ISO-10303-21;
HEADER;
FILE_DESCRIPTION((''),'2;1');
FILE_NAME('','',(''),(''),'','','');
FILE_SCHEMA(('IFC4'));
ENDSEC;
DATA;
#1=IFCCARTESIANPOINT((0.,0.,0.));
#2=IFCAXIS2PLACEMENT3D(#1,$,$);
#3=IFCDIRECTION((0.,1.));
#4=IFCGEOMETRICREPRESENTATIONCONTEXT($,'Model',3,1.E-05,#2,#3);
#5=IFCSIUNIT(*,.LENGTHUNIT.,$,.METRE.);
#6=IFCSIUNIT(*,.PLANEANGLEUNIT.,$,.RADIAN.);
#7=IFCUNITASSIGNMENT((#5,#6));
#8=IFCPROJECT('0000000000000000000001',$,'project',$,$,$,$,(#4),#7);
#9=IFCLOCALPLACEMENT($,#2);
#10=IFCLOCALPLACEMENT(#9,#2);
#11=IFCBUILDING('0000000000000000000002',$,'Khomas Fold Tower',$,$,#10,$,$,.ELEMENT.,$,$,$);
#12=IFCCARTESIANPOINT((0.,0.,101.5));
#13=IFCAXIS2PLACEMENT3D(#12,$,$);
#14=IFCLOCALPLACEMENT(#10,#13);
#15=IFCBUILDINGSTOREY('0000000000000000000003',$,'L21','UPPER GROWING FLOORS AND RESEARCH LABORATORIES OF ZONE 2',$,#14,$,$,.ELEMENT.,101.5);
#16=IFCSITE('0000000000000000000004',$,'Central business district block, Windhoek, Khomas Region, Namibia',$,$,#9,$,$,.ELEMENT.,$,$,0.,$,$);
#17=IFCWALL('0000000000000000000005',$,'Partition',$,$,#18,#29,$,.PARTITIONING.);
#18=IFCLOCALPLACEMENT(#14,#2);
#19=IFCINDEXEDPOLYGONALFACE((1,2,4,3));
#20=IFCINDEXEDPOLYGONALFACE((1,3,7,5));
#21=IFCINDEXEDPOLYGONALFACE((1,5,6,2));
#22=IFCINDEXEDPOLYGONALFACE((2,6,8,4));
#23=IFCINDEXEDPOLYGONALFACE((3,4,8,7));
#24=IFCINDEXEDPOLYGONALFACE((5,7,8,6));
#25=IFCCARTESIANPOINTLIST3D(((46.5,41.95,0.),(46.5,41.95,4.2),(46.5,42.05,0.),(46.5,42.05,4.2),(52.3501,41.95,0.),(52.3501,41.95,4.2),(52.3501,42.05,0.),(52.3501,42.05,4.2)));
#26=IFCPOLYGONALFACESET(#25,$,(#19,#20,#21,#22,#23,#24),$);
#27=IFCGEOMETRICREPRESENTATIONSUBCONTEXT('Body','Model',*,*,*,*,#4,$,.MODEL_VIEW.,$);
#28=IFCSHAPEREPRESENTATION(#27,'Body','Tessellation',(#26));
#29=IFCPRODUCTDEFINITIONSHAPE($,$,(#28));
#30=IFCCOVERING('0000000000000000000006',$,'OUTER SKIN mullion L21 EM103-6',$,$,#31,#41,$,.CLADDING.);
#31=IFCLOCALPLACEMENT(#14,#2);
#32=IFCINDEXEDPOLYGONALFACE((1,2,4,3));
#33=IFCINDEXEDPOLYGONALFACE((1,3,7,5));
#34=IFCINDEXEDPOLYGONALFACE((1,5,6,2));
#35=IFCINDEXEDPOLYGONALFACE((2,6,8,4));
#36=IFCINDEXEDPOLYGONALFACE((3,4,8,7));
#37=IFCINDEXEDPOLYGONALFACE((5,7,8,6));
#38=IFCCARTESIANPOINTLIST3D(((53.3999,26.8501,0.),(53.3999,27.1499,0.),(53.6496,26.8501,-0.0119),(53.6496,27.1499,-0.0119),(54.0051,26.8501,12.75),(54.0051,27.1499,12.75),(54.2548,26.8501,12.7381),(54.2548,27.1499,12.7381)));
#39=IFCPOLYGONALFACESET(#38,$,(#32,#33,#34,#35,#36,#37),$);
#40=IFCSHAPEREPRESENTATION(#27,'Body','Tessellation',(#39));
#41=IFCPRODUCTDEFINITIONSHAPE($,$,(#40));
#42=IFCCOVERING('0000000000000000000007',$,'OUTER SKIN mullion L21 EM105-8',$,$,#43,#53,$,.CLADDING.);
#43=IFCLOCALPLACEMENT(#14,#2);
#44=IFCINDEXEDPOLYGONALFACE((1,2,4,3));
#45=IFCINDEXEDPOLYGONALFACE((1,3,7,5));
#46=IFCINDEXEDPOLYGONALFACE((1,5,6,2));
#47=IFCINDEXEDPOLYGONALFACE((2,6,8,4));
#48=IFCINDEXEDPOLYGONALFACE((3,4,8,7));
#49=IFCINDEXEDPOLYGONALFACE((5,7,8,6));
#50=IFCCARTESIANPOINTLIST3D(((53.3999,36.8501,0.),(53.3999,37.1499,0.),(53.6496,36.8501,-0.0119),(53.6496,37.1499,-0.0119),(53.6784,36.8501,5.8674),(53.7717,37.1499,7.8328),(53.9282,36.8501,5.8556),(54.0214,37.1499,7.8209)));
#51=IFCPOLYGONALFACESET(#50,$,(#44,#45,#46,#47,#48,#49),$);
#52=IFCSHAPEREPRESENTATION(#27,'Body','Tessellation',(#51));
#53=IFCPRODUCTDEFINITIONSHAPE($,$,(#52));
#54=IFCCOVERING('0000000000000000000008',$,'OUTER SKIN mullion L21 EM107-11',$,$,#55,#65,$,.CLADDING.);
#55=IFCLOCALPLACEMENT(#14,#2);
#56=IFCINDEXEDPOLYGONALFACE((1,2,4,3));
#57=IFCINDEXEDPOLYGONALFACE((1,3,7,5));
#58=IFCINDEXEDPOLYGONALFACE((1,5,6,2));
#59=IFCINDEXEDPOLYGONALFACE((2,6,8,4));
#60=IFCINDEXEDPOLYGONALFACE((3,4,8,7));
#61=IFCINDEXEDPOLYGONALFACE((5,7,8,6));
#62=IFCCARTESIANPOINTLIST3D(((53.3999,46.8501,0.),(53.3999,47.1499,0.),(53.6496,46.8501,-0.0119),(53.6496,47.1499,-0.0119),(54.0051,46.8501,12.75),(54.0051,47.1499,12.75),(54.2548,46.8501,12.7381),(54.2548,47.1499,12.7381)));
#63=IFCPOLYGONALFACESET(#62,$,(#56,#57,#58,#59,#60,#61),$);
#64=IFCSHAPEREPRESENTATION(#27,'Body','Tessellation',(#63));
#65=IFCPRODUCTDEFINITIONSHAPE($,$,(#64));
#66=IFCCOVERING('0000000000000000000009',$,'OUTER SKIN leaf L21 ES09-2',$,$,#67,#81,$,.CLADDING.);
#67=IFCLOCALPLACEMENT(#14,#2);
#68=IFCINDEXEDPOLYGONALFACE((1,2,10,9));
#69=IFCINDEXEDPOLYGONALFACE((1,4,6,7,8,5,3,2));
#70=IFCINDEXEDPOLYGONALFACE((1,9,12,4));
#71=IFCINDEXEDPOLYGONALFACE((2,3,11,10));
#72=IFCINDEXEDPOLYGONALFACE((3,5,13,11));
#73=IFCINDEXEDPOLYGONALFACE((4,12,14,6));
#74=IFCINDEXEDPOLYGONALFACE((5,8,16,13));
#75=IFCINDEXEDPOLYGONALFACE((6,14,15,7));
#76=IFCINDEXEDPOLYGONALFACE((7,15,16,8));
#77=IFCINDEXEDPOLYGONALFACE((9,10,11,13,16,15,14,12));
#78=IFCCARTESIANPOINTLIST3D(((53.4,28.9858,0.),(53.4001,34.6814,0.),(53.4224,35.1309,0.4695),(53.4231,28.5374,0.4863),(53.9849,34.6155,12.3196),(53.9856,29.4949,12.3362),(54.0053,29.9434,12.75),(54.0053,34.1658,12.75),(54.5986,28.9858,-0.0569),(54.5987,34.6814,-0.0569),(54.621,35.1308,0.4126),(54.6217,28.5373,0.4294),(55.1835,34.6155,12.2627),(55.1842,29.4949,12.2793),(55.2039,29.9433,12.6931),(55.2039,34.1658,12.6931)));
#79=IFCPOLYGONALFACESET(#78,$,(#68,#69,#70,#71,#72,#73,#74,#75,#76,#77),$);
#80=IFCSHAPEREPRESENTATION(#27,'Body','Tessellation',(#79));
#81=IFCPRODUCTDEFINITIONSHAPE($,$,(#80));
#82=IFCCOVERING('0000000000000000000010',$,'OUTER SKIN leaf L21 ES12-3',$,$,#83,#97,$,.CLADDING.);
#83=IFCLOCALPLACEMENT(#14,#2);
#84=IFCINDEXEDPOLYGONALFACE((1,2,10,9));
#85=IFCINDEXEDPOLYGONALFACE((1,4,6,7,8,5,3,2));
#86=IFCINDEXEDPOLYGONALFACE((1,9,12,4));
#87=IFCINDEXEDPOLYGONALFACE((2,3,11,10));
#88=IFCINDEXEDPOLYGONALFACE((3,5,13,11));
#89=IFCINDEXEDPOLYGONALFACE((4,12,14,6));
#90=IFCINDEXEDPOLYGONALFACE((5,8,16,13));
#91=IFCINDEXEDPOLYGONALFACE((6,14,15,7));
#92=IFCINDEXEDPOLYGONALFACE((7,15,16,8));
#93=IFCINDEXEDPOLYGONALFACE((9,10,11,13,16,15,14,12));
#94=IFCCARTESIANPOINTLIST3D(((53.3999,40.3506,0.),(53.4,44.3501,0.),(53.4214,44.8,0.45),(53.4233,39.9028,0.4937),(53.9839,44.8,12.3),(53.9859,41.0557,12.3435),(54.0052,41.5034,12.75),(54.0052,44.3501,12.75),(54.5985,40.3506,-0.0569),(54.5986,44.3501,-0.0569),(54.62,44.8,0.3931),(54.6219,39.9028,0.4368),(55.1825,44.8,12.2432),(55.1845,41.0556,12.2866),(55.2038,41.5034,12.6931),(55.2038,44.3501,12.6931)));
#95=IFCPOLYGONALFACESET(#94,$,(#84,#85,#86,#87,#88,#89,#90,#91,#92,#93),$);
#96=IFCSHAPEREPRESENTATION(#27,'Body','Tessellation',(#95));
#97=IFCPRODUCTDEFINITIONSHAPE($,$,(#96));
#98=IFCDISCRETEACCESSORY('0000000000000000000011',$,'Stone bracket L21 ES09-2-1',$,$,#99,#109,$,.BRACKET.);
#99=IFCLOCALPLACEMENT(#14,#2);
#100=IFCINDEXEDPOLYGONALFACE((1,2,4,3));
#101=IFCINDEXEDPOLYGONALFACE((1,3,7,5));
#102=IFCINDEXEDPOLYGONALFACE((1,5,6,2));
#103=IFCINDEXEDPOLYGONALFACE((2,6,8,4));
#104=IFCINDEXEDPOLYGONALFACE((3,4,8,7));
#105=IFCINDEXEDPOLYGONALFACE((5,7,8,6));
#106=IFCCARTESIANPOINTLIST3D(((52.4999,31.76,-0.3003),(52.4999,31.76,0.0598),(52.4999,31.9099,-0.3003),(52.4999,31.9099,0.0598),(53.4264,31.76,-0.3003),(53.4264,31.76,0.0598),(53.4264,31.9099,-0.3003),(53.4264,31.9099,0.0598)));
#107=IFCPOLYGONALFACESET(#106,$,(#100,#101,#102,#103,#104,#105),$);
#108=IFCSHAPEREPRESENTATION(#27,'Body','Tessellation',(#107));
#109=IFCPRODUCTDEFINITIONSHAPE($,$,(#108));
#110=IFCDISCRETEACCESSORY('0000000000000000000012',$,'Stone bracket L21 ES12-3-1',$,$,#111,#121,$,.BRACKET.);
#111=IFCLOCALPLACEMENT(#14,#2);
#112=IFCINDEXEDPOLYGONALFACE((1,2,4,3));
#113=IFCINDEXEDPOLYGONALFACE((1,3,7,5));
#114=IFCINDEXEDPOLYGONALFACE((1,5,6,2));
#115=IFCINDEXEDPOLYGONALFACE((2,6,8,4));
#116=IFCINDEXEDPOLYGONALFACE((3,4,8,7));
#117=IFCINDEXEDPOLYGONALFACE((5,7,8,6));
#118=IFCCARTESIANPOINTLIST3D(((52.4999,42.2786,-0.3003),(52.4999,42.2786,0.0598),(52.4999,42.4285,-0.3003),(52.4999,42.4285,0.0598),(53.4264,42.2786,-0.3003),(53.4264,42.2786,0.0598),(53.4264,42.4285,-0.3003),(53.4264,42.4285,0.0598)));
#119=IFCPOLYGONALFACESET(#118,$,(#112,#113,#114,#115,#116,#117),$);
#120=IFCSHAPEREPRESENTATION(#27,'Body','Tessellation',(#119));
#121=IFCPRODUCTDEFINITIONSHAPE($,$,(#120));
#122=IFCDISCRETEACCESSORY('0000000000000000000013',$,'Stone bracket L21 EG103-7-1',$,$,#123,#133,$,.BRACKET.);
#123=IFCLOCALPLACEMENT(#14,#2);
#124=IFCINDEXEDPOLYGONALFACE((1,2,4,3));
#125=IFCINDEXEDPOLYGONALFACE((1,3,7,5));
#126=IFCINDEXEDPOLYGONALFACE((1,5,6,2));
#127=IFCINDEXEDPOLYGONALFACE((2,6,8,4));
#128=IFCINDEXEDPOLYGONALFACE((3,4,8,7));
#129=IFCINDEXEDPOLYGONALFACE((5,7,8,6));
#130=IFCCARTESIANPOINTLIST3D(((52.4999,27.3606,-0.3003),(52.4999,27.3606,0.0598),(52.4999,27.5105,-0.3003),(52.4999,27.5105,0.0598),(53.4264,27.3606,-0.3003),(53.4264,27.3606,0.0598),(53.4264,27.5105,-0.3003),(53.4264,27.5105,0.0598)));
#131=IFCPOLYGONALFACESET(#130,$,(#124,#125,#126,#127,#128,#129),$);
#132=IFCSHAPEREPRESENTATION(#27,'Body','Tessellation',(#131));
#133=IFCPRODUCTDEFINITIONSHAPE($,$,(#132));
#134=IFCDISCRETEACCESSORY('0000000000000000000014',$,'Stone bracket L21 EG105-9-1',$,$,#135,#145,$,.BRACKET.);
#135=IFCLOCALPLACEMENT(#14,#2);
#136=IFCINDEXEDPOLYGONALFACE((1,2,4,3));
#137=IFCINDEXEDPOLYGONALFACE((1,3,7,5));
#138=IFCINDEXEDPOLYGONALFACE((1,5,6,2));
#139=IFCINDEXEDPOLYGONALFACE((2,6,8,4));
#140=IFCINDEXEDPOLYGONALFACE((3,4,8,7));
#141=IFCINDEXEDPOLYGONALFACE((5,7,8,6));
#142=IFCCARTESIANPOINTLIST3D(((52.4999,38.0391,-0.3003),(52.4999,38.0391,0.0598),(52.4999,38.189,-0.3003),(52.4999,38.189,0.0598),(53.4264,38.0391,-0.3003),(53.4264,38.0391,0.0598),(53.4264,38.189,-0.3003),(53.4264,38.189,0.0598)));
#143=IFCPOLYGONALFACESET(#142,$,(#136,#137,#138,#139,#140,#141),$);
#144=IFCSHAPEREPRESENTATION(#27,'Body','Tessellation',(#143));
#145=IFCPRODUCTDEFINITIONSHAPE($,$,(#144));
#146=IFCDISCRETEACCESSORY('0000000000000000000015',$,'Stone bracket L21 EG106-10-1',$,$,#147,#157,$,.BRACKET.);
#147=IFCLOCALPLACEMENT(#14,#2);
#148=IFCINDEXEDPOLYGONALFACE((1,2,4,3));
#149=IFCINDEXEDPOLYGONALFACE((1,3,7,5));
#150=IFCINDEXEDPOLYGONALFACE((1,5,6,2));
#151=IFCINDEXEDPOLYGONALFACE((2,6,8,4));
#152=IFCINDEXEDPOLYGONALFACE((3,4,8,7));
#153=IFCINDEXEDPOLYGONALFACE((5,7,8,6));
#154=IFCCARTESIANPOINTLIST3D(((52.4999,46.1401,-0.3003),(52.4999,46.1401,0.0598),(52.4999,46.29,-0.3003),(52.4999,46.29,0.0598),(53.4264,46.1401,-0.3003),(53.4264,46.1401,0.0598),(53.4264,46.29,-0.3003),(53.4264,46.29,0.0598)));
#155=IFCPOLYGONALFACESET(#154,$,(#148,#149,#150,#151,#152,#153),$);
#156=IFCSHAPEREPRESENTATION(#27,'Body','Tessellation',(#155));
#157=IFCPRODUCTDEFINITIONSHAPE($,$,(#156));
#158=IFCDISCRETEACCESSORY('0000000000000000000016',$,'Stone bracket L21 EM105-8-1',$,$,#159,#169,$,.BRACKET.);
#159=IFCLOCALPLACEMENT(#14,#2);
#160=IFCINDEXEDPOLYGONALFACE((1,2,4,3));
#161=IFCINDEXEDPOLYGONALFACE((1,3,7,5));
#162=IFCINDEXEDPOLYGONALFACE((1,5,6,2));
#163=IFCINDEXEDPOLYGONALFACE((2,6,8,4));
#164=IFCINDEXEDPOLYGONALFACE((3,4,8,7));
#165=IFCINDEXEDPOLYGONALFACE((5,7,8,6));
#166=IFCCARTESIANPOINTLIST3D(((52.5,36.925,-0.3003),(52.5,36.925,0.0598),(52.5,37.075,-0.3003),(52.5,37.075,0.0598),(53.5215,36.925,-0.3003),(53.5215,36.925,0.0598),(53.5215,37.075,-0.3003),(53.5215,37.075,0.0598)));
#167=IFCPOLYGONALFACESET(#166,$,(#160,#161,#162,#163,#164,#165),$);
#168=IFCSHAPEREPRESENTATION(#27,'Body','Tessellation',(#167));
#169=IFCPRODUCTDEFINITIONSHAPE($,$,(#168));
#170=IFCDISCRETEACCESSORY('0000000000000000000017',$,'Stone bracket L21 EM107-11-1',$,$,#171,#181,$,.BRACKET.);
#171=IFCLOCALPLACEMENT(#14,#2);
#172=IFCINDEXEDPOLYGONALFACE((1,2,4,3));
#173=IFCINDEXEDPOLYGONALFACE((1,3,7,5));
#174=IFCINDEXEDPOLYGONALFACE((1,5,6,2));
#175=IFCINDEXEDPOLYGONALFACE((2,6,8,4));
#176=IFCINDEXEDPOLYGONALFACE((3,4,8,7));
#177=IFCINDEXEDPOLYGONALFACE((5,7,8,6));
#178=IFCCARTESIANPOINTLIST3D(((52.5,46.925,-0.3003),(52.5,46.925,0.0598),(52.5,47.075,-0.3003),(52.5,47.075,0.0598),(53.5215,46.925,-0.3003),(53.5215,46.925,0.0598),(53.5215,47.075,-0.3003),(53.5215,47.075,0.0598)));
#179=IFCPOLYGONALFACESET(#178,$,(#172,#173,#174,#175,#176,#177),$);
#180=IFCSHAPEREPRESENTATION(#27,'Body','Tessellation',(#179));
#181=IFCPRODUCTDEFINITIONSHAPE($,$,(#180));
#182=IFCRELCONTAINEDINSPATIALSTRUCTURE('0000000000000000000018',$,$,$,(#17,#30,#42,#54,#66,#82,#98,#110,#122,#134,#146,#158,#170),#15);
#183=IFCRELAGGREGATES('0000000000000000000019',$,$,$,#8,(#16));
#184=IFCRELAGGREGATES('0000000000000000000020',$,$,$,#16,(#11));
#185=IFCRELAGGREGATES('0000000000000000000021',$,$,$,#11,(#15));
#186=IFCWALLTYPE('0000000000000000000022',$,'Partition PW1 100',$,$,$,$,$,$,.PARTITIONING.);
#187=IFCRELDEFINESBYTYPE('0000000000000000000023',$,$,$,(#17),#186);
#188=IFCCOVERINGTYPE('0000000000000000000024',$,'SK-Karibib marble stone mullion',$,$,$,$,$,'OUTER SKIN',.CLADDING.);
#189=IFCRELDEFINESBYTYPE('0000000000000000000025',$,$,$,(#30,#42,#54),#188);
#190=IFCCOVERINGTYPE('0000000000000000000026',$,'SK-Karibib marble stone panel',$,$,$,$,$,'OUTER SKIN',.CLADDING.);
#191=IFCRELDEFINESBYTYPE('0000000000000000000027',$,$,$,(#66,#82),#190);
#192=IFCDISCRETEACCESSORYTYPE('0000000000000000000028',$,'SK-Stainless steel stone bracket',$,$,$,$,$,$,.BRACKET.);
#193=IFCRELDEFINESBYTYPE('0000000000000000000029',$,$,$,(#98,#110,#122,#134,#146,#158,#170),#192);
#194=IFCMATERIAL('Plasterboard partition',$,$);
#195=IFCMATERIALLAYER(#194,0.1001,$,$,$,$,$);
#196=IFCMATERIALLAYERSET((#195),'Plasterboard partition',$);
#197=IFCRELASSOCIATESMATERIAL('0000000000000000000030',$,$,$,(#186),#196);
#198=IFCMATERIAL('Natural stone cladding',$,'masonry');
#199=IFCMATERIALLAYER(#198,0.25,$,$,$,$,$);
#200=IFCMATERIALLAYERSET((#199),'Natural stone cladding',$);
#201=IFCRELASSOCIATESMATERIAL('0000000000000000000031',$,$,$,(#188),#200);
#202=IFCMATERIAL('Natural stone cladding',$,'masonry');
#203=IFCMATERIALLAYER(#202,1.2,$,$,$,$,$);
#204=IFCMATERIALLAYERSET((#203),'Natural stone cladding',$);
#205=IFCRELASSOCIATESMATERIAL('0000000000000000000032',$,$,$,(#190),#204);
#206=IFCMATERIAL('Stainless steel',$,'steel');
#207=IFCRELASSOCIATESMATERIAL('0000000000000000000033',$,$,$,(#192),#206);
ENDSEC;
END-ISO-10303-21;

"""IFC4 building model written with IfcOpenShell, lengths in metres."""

from ifc_helpers import new_model, si_unit, direction, frame, frame_2d, origin, origin_2d, place, context, subcontext, project, spatial, polyline, rectangle, outline, extrude, source, transform, mapped, material, layer, layer_set, type_object, element, save


model = new_model("IFC4")

# Units and contexts
model_context = context("Model", 3, precision=1e-05, world=origin(), true_north=direction((0.0, 1.0)))
body_context = subcontext(model_context, "Body", "Model", "MODEL_VIEW")
ifc_project = project(units=[si_unit("LENGTHUNIT", "METRE"), si_unit("PLANEANGLEUNIT", "RADIAN")], contexts=[model_context])

# Site, building, storey
site_placement = place(None, origin())
site = spatial("IfcSite", under=ifc_project, at=site_placement, Name="Central business district block, Windhoek, Khomas Region, Namibia", CompositionType="ELEMENT", RefElevation=0.0)
building_placement = place(site_placement, origin())
building = spatial("IfcBuilding", under=site, at=building_placement, Name="Khomas Fold Tower", CompositionType="ELEMENT")
storey_placement = place(building_placement, frame((0.0, 0.0, 101.5)))
storey = spatial("IfcBuildingStorey", under=building, at=storey_placement, Name="L21", Description="UPPER GROWING FLOORS AND RESEARCH LABORATORIES OF ZONE 2", CompositionType="ELEMENT", Elevation=101.5)

# Wall
ifc_material_1 = material(Name="Plasterboard partition")
ifc_layer_1 = layer(ifc_material_1, 0.1001)
ifc_layer_set_1 = layer_set([ifc_layer_1], Name="Plasterboard partition")
wall_type = type_object("IfcWallType", Name="Partition PW1 100", PredefinedType="PARTITIONING", material=ifc_layer_set_1)
shared_shape_1 = source(origin(), body_context, "Body", "SweptSolid", [
    extrude(rectangle(XDim=5.8501, YDim=0.1001, at=frame_2d((2.925, 0.0))), origin(), (0.0, 0.0, 1.0), 4.2),
])
wall_placement = place(storey_placement, frame((46.5, 42.0, 0.0), z_axis=(0.0, 0.0, 1.0), x_axis=(1.0, 0.0, 0.0)))
element("IfcWall", 1, at=wall_placement, inside=storey, type_object=wall_type, Name="Partition", PredefinedType="PARTITIONING", context=body_context, shape_type="MappedRepresentation", body=[
    mapped(shared_shape_1, transform((0.0, 0.0, 0.0))),
])

# Coverings
ifc_material_2 = material(Name="Natural stone cladding", Category="masonry")
ifc_layer_2 = layer(ifc_material_2, 0.25)
ifc_layer_set_2 = layer_set([ifc_layer_2], Name="Natural stone cladding")
covering_type_1 = type_object("IfcCoveringType", Name="SK-Karibib marble stone mullion", ElementType="OUTER SKIN", PredefinedType="CLADDING", material=ifc_layer_set_2)
covering_1_placement = place(storey_placement, frame((54.0051, 27.1499, 12.75), z_axis=(-0.998875, 0.0, 0.047415), x_axis=(-0.047415, 0.0, -0.998875)))
element("IfcCovering", 2, at=covering_1_placement, inside=storey, type_object=covering_type_1, Name="OUTER SKIN mullion L21 EM103-6", PredefinedType="CLADDING", context=body_context, shape_type="SweptSolid", body=[
    extrude(outline(polyline([(0.0, 0.0), (12.7644, 0.0), (12.7644, 0.2998), (0.0, 0.2998), (0.0, 0.0)])), origin(), (0.0, 0.0, -1.0), 0.25),
])
covering_2_placement = place(storey_placement, frame((53.7717, 37.1499, 7.8328), z_axis=(-0.998875, -0.000064, 0.04742), x_axis=(-0.04742, 0.0, -0.998875)))
element("IfcCovering", 3, at=covering_2_placement, inside=storey, type_object=covering_type_1, Name="OUTER SKIN mullion L21 EM105-8", PredefinedType="CLADDING", context=body_context, shape_type="SweptSolid", body=[
    extrude(outline(polyline([(0.0, 0.0), (7.8416, 0.0), (7.8416, 0.2998), (1.9675, 0.2998), (0.0, 0.0)])), origin(), (0.0, 0.0, -1.0), 0.25),
])
covering_3_placement = place(storey_placement, frame((54.0051, 47.1499, 12.75), z_axis=(-0.998875, 0.0, 0.047415), x_axis=(-0.047415, 0.0, -0.998875)))
element("IfcCovering", 4, at=covering_3_placement, inside=storey, type_object=covering_type_1, Name="OUTER SKIN mullion L21 EM107-11", PredefinedType="CLADDING", context=body_context, shape_type="SweptSolid", body=[
    extrude(outline(polyline([(0.0, 0.0), (12.7644, 0.0), (12.7644, 0.2998), (0.0, 0.2998), (0.0, 0.0)])), origin(), (0.0, 0.0, -1.0), 0.25),
])
ifc_material_3 = material(Name="Natural stone cladding", Category="masonry")
ifc_layer_3 = layer(ifc_material_3, 1.2)
ifc_layer_set_3 = layer_set([ifc_layer_3], Name="Natural stone cladding")
covering_type_2 = type_object("IfcCoveringType", Name="SK-Karibib marble stone panel", ElementType="OUTER SKIN", PredefinedType="CLADDING", material=ifc_layer_set_3)
covering_4_placement = place(storey_placement, frame((53.4231, 28.5374, 0.4863), z_axis=(-0.998875, 0.00001, 0.047418), x_axis=(0.047265, 0.080452, 0.995637)))
element("IfcCovering", 5, at=covering_4_placement, inside=storey, type_object=covering_type_2, Name="OUTER SKIN leaf L21 ES09-2", PredefinedType="CLADDING", context=body_context, shape_type="SweptSolid", body=[
    extrude(outline(polyline([(0.0, 0.0), (11.9018, 0.0), (12.3508, 0.4137), (12.6905, 4.6224), (12.2972, 5.1053), (0.5137, 6.5735), (0.009, 6.1633), (-0.4492, 0.4862), (0.0, 0.0)])), origin(), (0.0, 0.0, -1.0), 1.2),
])
covering_5_placement = place(storey_placement, frame((53.4233, 39.9028, 0.4937), z_axis=(-0.998875, 0.000026, 0.047415), x_axis=(0.047196, 0.096722, 0.994192)))
element("IfcCovering", 6, at=covering_5_placement, inside=storey, type_object=covering_type_2, Name="OUTER SKIN leaf L21 ES12-3", PredefinedType="CLADDING", context=body_context, shape_type="SweptSolid", body=[
    extrude(outline(polyline([(0.0, 0.0), (11.9191, 0.0), (12.3674, 0.4063), (12.6428, 3.2396), (12.2379, 3.731), (0.4301, 4.8785), (-0.0617, 4.4742), (-0.4486, 0.4935), (0.0, 0.0)])), origin(), (0.0, 0.0, -1.0), 1.2),
])

# Discrete accessories
ifc_material_4 = material(Name="Stainless steel", Category="steel")
discrete_accessory_type = type_object("IfcDiscreteAccessoryType", Name="SK-Stainless steel stone bracket", PredefinedType="BRACKET", material=ifc_material_4)
shared_shape_2 = source(origin(), body_context, "Body", "SweptSolid", [
    extrude(rectangle(XDim=0.9265, YDim=0.1499, at=origin_2d()), origin(), (0.0, 0.0, 1.0), 0.3601),
])
for number, where, z_axis, x_axis, name in (
    (7, (52.9631, 31.835, -0.3003), (0.0, 0.0, 1.0), (1.0, 0.0, 0.0), "Stone bracket L21 ES09-2-1"),
    (8, (52.9631, 42.3535, -0.3003), (0.0, 0.0, 1.0), (1.0, 0.0, 0.0), "Stone bracket L21 ES12-3-1"),
    (9, (52.9631, 27.4355, -0.3003), (0.0, 0.0, 1.0), (1.0, 0.0, 0.0), "Stone bracket L21 EG103-7-1"),
    (10, (52.9631, 38.114, -0.3003), (0.0, 0.0, 1.0), (1.0, 0.0, 0.0), "Stone bracket L21 EG105-9-1"),
    (11, (52.9631, 46.2151, -0.3003), (0.0, 0.0, 1.0), (1.0, 0.0, 0.0), "Stone bracket L21 EG106-10-1"),
):
    element("IfcDiscreteAccessory", number, at=place(storey_placement, frame(where, z_axis=z_axis, x_axis=x_axis)), inside=storey, type_object=discrete_accessory_type, Name=name, PredefinedType="BRACKET", context=body_context, shape_type="MappedRepresentation", body=[
        mapped(shared_shape_2, transform((0.0, 0.0, 0.0))),
    ])
shared_shape_3 = source(origin(), body_context, "Body", "SweptSolid", [
    extrude(rectangle(XDim=1.0215, YDim=0.1499, at=origin_2d()), origin(), (0.0, 0.0, 1.0), 0.3601),
])
for number, where, z_axis, x_axis, name in (
    (12, (53.0107, 37.0, -0.3003), (0.0, 0.0, 1.0), (1.0, 0.0, 0.0), "Stone bracket L21 EM105-8-1"),
    (13, (53.0107, 47.0, -0.3003), (0.0, 0.0, 1.0), (1.0, 0.0, 0.0), "Stone bracket L21 EM107-11-1"),
):
    element("IfcDiscreteAccessory", number, at=place(storey_placement, frame(where, z_axis=z_axis, x_axis=x_axis)), inside=storey, type_object=discrete_accessory_type, Name=name, PredefinedType="BRACKET", context=body_context, shape_type="MappedRepresentation", body=[
        mapped(shared_shape_3, transform((0.0, 0.0, 0.0))),
    ])

save(model, "model.ifc")
